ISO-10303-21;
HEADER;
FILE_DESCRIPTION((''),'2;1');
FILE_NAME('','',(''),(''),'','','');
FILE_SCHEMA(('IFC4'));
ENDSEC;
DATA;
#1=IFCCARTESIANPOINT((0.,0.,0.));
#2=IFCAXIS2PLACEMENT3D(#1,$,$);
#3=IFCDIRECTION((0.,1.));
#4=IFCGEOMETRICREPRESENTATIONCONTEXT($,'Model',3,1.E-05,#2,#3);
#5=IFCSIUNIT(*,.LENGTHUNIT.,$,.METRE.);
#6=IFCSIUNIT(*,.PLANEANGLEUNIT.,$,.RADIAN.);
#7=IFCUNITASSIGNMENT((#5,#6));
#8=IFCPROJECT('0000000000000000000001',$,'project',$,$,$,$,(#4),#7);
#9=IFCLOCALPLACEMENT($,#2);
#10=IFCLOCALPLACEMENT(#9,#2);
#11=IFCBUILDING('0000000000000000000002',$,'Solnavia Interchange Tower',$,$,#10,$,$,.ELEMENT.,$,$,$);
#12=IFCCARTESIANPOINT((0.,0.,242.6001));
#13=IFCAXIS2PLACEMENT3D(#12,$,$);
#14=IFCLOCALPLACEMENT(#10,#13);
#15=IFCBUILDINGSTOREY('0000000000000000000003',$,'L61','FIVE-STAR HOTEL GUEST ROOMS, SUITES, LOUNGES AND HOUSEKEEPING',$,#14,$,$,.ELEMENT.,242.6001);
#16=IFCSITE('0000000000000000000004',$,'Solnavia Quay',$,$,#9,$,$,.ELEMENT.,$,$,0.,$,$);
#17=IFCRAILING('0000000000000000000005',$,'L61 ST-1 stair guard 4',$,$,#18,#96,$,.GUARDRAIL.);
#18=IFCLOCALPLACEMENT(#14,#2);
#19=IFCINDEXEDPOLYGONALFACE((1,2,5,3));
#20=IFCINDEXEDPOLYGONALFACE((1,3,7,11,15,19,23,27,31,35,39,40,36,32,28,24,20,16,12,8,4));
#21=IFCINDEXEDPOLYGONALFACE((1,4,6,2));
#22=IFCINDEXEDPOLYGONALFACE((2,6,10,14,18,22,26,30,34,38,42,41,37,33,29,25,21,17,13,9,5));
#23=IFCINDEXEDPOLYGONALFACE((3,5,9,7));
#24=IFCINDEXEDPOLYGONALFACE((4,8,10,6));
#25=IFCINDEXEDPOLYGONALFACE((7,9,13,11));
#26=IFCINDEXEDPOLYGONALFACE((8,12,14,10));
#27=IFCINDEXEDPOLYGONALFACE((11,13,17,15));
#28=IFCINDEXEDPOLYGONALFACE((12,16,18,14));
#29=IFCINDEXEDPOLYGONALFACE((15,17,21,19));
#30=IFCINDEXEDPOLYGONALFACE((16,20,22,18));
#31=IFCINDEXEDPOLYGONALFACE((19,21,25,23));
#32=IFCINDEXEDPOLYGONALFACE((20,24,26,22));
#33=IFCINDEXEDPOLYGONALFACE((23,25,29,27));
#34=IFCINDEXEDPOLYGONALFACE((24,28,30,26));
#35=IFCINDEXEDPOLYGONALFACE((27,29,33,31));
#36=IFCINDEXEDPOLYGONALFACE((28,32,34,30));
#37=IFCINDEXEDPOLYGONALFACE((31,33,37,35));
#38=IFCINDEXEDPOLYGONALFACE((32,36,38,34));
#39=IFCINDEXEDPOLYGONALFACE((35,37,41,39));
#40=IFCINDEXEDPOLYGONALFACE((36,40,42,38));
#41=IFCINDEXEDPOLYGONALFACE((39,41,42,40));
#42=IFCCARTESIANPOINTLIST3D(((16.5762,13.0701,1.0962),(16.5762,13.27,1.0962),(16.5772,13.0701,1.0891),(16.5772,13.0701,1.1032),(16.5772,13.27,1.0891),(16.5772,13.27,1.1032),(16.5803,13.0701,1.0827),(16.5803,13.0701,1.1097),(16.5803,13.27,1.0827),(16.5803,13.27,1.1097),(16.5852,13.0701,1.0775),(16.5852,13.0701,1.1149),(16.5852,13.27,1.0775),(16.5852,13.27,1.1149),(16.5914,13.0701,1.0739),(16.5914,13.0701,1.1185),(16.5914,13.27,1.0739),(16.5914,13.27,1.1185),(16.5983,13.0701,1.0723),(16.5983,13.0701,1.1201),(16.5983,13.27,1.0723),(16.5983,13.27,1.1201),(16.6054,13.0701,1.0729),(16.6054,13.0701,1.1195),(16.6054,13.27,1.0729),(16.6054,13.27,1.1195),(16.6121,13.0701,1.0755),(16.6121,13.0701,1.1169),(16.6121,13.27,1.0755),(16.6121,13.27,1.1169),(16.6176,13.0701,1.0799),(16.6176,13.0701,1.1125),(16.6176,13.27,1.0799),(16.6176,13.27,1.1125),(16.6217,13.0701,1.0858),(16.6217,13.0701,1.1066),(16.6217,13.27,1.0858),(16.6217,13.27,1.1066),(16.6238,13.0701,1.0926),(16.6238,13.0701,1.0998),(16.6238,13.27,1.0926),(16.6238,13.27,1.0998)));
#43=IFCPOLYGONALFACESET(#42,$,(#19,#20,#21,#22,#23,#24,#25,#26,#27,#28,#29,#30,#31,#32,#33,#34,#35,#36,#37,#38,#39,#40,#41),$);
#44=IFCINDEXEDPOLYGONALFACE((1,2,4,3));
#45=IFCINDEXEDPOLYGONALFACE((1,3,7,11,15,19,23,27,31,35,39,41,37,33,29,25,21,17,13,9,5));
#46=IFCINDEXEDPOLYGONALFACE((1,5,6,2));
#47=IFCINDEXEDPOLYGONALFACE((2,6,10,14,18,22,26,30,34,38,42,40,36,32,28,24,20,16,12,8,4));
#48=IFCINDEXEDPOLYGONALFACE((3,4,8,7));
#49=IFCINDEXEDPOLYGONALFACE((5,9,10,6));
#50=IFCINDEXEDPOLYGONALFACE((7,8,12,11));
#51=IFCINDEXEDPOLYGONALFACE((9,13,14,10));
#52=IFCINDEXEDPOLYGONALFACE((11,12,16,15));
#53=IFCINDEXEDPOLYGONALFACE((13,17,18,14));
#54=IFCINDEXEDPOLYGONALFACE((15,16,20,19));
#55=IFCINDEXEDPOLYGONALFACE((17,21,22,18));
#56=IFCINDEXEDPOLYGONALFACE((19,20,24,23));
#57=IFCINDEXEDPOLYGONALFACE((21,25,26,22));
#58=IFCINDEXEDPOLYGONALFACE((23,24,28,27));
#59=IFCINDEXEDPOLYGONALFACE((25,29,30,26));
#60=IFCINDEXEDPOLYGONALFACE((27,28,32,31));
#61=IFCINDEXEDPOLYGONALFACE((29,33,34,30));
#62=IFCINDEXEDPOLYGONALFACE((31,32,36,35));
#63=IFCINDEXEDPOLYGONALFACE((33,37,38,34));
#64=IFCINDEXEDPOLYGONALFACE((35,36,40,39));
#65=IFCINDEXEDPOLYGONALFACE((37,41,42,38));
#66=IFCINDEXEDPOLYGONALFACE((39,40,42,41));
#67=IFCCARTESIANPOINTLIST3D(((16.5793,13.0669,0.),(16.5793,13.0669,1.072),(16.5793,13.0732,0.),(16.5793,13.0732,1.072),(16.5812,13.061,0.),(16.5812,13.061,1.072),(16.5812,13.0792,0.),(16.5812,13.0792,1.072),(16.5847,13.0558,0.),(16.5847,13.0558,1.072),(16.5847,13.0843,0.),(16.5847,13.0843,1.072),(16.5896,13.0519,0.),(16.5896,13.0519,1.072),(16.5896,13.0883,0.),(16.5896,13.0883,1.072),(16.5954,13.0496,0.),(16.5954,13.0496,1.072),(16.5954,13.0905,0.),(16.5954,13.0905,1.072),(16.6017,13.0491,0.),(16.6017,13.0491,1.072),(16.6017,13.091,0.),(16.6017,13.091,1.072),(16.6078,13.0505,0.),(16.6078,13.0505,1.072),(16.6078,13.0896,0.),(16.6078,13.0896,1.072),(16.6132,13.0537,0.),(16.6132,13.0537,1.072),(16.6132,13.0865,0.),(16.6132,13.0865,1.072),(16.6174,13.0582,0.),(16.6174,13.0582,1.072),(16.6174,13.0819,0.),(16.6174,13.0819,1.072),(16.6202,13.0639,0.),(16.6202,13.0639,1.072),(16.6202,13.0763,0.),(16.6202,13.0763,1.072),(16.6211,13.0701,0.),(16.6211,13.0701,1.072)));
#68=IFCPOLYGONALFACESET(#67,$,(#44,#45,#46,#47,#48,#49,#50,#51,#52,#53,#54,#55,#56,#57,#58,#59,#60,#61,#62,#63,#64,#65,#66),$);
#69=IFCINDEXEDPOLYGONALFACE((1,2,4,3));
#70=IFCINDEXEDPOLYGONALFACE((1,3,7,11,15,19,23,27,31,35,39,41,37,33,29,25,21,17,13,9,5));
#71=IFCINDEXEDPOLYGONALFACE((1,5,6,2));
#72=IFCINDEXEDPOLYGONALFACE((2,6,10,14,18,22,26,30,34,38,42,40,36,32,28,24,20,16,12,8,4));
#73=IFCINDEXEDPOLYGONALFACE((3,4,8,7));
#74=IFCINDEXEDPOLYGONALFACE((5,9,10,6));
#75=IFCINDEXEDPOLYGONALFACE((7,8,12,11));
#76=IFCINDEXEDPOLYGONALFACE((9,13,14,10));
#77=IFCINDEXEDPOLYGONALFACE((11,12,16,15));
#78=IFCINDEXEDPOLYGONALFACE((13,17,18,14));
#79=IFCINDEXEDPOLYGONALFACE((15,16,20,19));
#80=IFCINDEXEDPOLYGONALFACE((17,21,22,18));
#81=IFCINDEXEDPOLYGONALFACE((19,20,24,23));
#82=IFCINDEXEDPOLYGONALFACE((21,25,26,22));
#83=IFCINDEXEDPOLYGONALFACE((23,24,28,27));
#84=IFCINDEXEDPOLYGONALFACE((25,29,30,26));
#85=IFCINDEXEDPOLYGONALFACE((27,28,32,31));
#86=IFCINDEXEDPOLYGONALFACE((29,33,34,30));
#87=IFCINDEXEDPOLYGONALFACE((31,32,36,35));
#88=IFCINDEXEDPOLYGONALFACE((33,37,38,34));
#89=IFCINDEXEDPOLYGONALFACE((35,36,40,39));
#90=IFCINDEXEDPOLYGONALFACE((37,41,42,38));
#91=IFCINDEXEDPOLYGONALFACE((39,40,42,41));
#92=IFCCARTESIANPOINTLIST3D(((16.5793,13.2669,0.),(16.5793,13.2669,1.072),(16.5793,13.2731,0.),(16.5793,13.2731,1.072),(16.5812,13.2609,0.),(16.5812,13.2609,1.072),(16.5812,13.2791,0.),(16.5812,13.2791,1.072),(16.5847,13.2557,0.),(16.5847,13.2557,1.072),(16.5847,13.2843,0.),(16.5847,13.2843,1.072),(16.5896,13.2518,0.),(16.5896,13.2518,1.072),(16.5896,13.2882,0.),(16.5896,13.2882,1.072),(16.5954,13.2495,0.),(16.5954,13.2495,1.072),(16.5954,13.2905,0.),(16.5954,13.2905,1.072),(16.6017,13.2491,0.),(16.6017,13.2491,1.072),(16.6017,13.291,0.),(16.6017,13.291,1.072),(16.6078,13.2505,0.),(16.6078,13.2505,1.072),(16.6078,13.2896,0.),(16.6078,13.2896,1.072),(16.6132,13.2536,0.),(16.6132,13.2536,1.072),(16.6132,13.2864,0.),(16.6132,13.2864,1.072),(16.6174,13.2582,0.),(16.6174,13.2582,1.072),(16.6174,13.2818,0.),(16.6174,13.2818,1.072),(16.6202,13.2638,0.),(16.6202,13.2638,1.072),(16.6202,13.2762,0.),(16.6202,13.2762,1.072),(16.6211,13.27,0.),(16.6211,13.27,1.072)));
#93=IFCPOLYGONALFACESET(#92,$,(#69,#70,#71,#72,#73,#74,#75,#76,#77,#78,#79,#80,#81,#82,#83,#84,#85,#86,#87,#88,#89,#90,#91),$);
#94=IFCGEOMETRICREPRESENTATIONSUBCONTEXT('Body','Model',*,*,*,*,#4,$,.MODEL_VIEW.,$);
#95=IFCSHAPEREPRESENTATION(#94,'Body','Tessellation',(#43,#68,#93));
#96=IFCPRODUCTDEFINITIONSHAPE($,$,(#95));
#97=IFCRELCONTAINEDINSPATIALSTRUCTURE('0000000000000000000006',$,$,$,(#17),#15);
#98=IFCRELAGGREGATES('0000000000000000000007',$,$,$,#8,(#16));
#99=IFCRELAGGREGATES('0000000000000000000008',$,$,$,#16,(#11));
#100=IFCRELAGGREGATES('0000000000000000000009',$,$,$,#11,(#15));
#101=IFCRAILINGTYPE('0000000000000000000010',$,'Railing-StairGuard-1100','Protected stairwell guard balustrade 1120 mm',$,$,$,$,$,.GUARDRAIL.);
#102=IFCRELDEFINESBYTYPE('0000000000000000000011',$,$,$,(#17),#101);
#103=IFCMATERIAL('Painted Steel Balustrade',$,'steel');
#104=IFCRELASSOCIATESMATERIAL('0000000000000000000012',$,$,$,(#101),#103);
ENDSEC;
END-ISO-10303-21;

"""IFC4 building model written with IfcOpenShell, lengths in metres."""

from ifc_helpers import new_model, si_unit, direction, frame, origin, origin_2d, place, context, subcontext, project, spatial, circle, extrude, material, type_object, element, save


model = new_model("IFC4")

# Units and contexts
model_context = context("Model", 3, precision=1e-05, world=origin(), true_north=direction((0.0, 1.0)))
body_context = subcontext(model_context, "Body", "Model", "MODEL_VIEW")
ifc_project = project(units=[si_unit("LENGTHUNIT", "METRE"), si_unit("PLANEANGLEUNIT", "RADIAN")], contexts=[model_context])

# Site, building, storey
site_placement = place(None, origin())
site = spatial("IfcSite", under=ifc_project, at=site_placement, Name="Solnavia Quay", CompositionType="ELEMENT", RefElevation=0.0)
building_placement = place(site_placement, origin())
building = spatial("IfcBuilding", under=site, at=building_placement, Name="Solnavia Interchange Tower", CompositionType="ELEMENT")
storey_placement = place(building_placement, frame((0.0, 0.0, 242.6001)))
storey = spatial("IfcBuildingStorey", under=building, at=storey_placement, Name="L61", Description="FIVE-STAR HOTEL GUEST ROOMS, SUITES, LOUNGES AND HOUSEKEEPING", CompositionType="ELEMENT", Elevation=242.6001)

# Railing
ifc_material_1 = material(Name="Painted Steel Balustrade", Category="steel")
railing_type_1 = type_object("IfcRailingType", Name="Railing-StairGuard-1100", Description="Protected stairwell guard balustrade 1120 mm", PredefinedType="GUARDRAIL", material=ifc_material_1)
railing_1_placement = place(storey_placement, frame((16.6001, 13.0701, 0.0)))
element("IfcRailing", 1, at=railing_1_placement, inside=storey, type_object=railing_type_1, Name="L61 ST-1 stair guard 4", PredefinedType="GUARDRAIL", context=body_context, shape_type="SweptSolid", body=[
    extrude(circle(Radius=0.0239, at=origin_2d()), frame((0.0, 0.0, 1.0962), z_axis=(0.0, 1.0, 0.0), x_axis=(-1.0, 0.0, 0.0)), (0.0, 0.0, 1.0), 0.2),
    extrude(circle(Radius=0.021, at=origin_2d()), origin(), (0.0, 0.0, 1.0), 1.072),
    extrude(circle(Radius=0.021, at=origin_2d()), frame((0.0, 0.2, 0.0)), (0.0, 0.0, 1.0), 1.072),
])

save(model, "model.ifc")
